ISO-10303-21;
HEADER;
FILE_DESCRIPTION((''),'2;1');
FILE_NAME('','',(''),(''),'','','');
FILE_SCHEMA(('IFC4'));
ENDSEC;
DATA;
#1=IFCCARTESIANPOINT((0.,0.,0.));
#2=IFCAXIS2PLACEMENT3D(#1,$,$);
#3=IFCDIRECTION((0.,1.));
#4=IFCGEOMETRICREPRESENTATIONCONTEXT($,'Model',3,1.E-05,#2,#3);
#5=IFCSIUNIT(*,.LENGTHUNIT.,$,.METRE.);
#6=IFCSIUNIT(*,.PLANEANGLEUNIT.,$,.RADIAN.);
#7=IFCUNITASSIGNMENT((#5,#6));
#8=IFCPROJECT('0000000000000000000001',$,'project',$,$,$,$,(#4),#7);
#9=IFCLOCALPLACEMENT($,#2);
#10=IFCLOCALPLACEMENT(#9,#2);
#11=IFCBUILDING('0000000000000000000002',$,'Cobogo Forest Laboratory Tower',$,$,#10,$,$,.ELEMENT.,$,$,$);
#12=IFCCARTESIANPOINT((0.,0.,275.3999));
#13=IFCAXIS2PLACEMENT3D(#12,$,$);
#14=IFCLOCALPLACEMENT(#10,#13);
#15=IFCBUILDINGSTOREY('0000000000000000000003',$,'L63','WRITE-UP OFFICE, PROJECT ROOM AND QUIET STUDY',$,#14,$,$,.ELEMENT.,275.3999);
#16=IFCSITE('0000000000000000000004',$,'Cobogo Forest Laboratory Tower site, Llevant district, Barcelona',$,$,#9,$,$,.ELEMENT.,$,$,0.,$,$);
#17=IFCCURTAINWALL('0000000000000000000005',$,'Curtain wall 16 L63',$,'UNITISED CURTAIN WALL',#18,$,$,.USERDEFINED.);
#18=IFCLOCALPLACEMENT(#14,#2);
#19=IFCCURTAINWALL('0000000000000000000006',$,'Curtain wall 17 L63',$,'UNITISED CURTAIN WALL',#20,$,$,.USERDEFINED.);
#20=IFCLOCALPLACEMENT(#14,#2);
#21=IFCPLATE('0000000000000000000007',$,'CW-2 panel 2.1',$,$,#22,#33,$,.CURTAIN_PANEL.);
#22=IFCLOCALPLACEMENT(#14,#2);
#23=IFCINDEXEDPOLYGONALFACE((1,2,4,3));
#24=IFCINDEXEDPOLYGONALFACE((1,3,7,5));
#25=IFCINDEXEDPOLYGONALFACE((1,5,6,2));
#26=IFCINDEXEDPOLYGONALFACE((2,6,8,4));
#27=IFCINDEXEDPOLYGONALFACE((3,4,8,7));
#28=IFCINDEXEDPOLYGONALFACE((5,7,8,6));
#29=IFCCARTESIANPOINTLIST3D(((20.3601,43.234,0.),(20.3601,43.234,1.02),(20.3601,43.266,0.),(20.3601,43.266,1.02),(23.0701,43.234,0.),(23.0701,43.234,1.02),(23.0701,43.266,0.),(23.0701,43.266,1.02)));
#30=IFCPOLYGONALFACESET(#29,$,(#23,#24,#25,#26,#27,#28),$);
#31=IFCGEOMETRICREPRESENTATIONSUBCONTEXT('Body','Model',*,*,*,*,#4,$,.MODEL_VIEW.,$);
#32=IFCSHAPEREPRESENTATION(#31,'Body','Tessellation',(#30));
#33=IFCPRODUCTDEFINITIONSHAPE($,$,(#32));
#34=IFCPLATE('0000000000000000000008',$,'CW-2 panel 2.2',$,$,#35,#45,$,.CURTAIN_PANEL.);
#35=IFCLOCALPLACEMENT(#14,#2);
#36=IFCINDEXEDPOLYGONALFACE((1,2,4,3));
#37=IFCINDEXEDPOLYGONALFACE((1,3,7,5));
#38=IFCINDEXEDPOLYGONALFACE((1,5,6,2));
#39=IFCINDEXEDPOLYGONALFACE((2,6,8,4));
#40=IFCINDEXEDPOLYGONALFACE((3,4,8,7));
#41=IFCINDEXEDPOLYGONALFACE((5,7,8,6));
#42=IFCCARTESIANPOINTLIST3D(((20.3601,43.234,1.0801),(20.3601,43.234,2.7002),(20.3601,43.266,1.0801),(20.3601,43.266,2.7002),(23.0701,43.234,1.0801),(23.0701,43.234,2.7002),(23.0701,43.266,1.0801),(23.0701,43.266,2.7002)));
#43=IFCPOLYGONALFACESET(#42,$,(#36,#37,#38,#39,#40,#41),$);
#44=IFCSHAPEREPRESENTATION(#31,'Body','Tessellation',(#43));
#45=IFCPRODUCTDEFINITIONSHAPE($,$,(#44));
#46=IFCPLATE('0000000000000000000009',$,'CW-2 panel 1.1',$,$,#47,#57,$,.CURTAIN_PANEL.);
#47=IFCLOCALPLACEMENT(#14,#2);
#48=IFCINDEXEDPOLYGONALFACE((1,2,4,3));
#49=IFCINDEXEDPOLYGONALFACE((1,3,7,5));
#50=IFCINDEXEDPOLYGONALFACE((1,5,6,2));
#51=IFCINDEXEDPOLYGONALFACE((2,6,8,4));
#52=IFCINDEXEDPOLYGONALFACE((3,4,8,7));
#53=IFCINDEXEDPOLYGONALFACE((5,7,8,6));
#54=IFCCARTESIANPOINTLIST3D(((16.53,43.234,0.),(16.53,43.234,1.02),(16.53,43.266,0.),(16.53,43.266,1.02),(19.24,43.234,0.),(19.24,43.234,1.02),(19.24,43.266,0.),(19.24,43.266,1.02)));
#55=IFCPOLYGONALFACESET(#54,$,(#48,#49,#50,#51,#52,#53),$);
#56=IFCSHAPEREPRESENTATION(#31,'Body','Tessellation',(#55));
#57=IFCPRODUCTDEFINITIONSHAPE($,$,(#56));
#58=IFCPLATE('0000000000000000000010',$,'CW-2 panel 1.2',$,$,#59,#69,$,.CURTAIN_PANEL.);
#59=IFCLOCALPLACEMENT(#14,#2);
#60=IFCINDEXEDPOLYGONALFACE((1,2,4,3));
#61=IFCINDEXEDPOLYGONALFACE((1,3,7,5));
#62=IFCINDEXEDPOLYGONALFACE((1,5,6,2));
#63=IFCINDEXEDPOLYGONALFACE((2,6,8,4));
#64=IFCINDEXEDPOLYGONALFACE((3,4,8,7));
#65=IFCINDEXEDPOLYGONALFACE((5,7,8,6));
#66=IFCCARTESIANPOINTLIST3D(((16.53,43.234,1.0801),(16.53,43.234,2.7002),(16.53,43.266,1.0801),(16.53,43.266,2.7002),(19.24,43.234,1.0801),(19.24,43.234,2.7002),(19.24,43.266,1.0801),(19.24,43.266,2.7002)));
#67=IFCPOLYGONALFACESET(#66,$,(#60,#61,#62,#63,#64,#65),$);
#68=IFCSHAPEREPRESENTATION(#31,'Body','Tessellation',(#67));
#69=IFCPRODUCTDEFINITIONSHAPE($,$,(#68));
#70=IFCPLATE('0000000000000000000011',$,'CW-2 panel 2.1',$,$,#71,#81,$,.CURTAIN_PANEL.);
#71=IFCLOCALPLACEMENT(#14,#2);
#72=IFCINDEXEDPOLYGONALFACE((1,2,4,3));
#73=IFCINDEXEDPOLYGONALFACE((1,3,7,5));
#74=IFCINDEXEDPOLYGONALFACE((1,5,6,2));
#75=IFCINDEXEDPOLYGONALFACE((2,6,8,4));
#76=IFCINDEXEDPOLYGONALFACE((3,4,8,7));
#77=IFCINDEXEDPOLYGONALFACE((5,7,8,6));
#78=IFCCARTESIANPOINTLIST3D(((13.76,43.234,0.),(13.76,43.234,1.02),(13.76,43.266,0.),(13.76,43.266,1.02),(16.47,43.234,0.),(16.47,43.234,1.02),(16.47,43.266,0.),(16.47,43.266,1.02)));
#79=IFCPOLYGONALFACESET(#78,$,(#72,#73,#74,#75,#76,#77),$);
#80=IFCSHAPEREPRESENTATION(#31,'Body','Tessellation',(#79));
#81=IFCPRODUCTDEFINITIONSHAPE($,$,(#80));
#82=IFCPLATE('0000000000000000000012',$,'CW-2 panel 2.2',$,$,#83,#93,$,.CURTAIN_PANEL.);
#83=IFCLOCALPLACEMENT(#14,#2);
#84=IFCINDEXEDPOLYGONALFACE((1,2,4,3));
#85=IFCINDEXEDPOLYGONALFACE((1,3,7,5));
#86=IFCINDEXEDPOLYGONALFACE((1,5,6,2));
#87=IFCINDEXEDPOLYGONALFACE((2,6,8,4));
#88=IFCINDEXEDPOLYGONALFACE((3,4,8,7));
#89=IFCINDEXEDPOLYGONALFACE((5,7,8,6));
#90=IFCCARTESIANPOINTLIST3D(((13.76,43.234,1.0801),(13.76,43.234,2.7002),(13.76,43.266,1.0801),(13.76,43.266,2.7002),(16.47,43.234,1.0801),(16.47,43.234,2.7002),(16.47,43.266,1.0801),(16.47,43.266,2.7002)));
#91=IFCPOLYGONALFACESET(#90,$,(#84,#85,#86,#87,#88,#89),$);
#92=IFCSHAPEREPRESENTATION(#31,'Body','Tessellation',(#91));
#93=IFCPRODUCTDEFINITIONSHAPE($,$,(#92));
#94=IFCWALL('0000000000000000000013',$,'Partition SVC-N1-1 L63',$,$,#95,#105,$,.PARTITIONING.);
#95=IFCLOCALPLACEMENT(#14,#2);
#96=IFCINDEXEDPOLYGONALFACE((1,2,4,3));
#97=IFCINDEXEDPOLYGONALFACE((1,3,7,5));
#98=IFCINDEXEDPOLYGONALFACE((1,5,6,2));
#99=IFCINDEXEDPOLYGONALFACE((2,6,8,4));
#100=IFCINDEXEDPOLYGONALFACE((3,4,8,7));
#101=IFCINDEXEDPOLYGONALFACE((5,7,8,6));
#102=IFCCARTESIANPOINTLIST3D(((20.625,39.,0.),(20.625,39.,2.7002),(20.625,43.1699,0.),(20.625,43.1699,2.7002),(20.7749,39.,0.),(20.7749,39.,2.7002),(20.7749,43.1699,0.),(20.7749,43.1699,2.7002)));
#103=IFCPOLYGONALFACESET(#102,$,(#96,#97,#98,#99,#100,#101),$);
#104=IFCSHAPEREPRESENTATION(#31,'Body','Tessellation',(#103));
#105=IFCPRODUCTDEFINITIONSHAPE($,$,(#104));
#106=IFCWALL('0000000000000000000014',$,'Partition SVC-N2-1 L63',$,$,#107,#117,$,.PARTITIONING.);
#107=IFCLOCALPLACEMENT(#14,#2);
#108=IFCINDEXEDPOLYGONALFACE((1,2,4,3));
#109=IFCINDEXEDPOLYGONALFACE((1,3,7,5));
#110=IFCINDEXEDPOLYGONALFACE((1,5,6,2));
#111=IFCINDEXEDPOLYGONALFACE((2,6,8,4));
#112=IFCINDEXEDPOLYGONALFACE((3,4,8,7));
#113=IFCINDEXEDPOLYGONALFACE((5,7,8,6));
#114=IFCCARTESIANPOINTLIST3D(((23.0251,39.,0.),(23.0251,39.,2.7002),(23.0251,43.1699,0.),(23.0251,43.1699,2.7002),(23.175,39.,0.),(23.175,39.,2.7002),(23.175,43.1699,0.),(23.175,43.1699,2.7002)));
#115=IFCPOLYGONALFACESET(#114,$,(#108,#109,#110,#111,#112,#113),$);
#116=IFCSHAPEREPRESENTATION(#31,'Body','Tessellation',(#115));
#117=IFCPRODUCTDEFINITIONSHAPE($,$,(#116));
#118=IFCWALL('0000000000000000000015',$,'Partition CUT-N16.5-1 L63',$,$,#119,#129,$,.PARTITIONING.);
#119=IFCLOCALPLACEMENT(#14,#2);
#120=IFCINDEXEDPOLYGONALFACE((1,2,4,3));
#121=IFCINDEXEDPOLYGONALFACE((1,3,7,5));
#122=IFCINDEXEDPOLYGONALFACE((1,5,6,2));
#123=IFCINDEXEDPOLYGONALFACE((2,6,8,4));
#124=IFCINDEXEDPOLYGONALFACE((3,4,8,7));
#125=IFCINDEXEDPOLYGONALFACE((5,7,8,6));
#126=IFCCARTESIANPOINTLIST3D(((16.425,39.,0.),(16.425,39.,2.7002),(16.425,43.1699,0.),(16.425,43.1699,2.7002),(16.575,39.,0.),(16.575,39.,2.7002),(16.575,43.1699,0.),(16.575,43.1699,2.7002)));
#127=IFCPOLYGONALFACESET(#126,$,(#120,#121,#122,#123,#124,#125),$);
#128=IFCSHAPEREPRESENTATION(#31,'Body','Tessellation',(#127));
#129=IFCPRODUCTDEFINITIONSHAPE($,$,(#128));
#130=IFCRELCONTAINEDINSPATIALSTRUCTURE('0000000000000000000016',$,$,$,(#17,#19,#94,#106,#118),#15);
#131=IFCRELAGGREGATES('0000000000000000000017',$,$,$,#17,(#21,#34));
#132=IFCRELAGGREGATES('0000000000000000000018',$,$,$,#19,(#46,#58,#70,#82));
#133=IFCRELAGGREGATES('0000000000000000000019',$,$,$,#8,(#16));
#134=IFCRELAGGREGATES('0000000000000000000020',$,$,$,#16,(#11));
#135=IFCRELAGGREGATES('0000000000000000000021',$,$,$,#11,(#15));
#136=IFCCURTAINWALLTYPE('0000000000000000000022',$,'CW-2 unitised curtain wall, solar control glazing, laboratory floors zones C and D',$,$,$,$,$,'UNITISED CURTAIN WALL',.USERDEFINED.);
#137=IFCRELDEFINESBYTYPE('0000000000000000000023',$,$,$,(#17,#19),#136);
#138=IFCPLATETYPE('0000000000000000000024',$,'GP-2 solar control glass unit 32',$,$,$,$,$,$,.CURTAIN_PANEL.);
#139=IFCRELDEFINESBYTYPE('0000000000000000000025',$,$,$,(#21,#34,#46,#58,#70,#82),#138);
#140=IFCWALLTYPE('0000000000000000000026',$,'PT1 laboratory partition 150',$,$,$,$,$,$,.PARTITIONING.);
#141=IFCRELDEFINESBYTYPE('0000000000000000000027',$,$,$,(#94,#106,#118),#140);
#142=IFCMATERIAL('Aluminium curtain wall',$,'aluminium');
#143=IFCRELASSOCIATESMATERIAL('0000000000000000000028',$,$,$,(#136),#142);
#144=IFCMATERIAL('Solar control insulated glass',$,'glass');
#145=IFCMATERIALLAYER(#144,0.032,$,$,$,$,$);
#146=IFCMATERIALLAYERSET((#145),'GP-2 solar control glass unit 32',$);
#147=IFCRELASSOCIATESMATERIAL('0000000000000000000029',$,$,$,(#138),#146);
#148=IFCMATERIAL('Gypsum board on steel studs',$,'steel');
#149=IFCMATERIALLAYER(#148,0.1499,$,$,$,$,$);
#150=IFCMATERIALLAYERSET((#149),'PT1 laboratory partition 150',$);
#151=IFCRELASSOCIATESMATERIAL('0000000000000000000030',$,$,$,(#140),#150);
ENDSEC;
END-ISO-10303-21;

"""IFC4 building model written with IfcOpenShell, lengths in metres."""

from ifc_helpers import new_model, si_unit, direction, frame, frame_2d, origin, origin_2d, place, context, subcontext, project, spatial, rectangle, extrude, material, layer, layer_set, type_object, element, aggregate, save


model = new_model("IFC4")

# Units and contexts
model_context = context("Model", 3, precision=1e-05, world=origin(), true_north=direction((0.0, 1.0)))
body_context = subcontext(model_context, "Body", "Model", "MODEL_VIEW")
ifc_project = project(units=[si_unit("LENGTHUNIT", "METRE"), si_unit("PLANEANGLEUNIT", "RADIAN")], contexts=[model_context])

# Site, building, storey
site_placement = place(None, origin())
site = spatial("IfcSite", under=ifc_project, at=site_placement, Name="Cobogo Forest Laboratory Tower site, Llevant district, Barcelona", CompositionType="ELEMENT", RefElevation=0.0)
building_placement = place(site_placement, origin())
building = spatial("IfcBuilding", under=site, at=building_placement, Name="Cobogo Forest Laboratory Tower", CompositionType="ELEMENT")
storey_placement = place(building_placement, frame((0.0, 0.0, 275.3999)))
storey = spatial("IfcBuildingStorey", under=building, at=storey_placement, Name="L63", Description="WRITE-UP OFFICE, PROJECT ROOM AND QUIET STUDY", CompositionType="ELEMENT", Elevation=275.3999)

# Curtain walls
ifc_material_1 = material(Name="Aluminium curtain wall", Category="aluminium")
curtain_wall_type = type_object("IfcCurtainWallType", Name="CW-2 unitised curtain wall, solar control glazing, laboratory floors zones C and D", ElementType="UNITISED CURTAIN WALL", PredefinedType="USERDEFINED", material=ifc_material_1)
curtain_wall_1_placement = place(storey_placement, origin())
curtain_wall_1 = element("IfcCurtainWall", 1, at=curtain_wall_1_placement, inside=storey, type_object=curtain_wall_type, Name="Curtain wall 16 L63", ObjectType="UNITISED CURTAIN WALL", PredefinedType="USERDEFINED")
curtain_wall_2_placement = place(storey_placement, origin())
curtain_wall_2 = element("IfcCurtainWall", 2, at=curtain_wall_2_placement, inside=storey, type_object=curtain_wall_type, Name="Curtain wall 17 L63", ObjectType="UNITISED CURTAIN WALL", PredefinedType="USERDEFINED")

# Plates
ifc_material_2 = material(Name="Solar control insulated glass", Category="glass")
ifc_layer_1 = layer(ifc_material_2, 0.032)
ifc_layer_set_1 = layer_set([ifc_layer_1], Name="GP-2 solar control glass unit 32")
plate_type_1 = type_object("IfcPlateType", Name="GP-2 solar control glass unit 32", PredefinedType="CURTAIN_PANEL", material=ifc_layer_set_1)
plate_1_placement = place(storey_placement, frame((21.7151, 43.25, 0.0), z_axis=(0.0, 0.0, 1.0), x_axis=(-1.0, 0.0, 0.0)))
plate_1 = element("IfcPlate", 3, at=plate_1_placement, type_object=plate_type_1, Name="CW-2 panel 2.1", PredefinedType="CURTAIN_PANEL", context=body_context, shape_type="SweptSolid", body=[
    extrude(rectangle(XDim=2.71, YDim=0.032, at=origin_2d()), origin(), (0.0, 0.0, 1.0), 1.02),
])
plate_2_placement = place(storey_placement, frame((21.7151, 43.25, 1.0801), z_axis=(0.0, 0.0, 1.0), x_axis=(-1.0, 0.0, 0.0)))
plate_2 = element("IfcPlate", 4, at=plate_2_placement, type_object=plate_type_1, Name="CW-2 panel 2.2", PredefinedType="CURTAIN_PANEL", context=body_context, shape_type="SweptSolid", body=[
    extrude(rectangle(XDim=2.71, YDim=0.032, at=origin_2d()), origin(), (0.0, 0.0, 1.0), 1.6201),
])
aggregate(curtain_wall_1, [plate_1, plate_2])
plate_3_placement = place(storey_placement, frame((17.885, 43.25, 0.0), z_axis=(0.0, 0.0, 1.0), x_axis=(-1.0, 0.0, 0.0)))
plate_3 = element("IfcPlate", 5, at=plate_3_placement, type_object=plate_type_1, Name="CW-2 panel 1.1", PredefinedType="CURTAIN_PANEL", context=body_context, shape_type="SweptSolid", body=[
    extrude(rectangle(XDim=2.71, YDim=0.032, at=origin_2d()), origin(), (0.0, 0.0, 1.0), 1.02),
])
plate_4_placement = place(storey_placement, frame((17.885, 43.25, 1.0801), z_axis=(0.0, 0.0, 1.0), x_axis=(-1.0, 0.0, 0.0)))
plate_4 = element("IfcPlate", 6, at=plate_4_placement, type_object=plate_type_1, Name="CW-2 panel 1.2", PredefinedType="CURTAIN_PANEL", context=body_context, shape_type="SweptSolid", body=[
    extrude(rectangle(XDim=2.71, YDim=0.032, at=origin_2d()), origin(), (0.0, 0.0, 1.0), 1.6201),
])
plate_5_placement = place(storey_placement, frame((15.115, 43.25, 0.0), z_axis=(0.0, 0.0, 1.0), x_axis=(-1.0, 0.0, 0.0)))
plate_5 = element("IfcPlate", 7, at=plate_5_placement, type_object=plate_type_1, Name="CW-2 panel 2.1", PredefinedType="CURTAIN_PANEL", context=body_context, shape_type="SweptSolid", body=[
    extrude(rectangle(XDim=2.71, YDim=0.032, at=origin_2d()), origin(), (0.0, 0.0, 1.0), 1.02),
])
plate_6_placement = place(storey_placement, frame((15.115, 43.25, 1.0801), z_axis=(0.0, 0.0, 1.0), x_axis=(-1.0, 0.0, 0.0)))
plate_6 = element("IfcPlate", 8, at=plate_6_placement, type_object=plate_type_1, Name="CW-2 panel 2.2", PredefinedType="CURTAIN_PANEL", context=body_context, shape_type="SweptSolid", body=[
    extrude(rectangle(XDim=2.71, YDim=0.032, at=origin_2d()), origin(), (0.0, 0.0, 1.0), 1.6201),
])
aggregate(curtain_wall_2, [plate_3, plate_4, plate_5, plate_6])

# Walls
ifc_material_3 = material(Name="Gypsum board on steel studs", Category="steel")
ifc_layer_2 = layer(ifc_material_3, 0.1499)
ifc_layer_set_2 = layer_set([ifc_layer_2], Name="PT1 laboratory partition 150")
wall_type = type_object("IfcWallType", Name="PT1 laboratory partition 150", PredefinedType="PARTITIONING", material=ifc_layer_set_2)
for number, where, z_axis, x_axis, name in (
    (9, (20.7, 43.1699, 0.0), (0.0, 0.0, 1.0), (0.0, -1.0, 0.0), "Partition SVC-N1-1 L63"),
    (10, (23.1001, 43.1699, 0.0), (0.0, 0.0, 1.0), (0.0, -1.0, 0.0), "Partition SVC-N2-1 L63"),
    (11, (16.5, 43.1699, 0.0), (0.0, 0.0, 1.0), (0.0, -1.0, 0.0), "Partition CUT-N16.5-1 L63"),
):
    element("IfcWall", number, at=place(storey_placement, frame(where, z_axis=z_axis, x_axis=x_axis)), inside=storey, type_object=wall_type, Name=name, PredefinedType="PARTITIONING", context=body_context, shape_type="SweptSolid", body=[
        extrude(rectangle(XDim=4.1699, YDim=0.1499, at=frame_2d((2.085, 0.0))), origin(), (0.0, 0.0, 1.0), 2.7002),
    ])

save(model, "model.ifc")
